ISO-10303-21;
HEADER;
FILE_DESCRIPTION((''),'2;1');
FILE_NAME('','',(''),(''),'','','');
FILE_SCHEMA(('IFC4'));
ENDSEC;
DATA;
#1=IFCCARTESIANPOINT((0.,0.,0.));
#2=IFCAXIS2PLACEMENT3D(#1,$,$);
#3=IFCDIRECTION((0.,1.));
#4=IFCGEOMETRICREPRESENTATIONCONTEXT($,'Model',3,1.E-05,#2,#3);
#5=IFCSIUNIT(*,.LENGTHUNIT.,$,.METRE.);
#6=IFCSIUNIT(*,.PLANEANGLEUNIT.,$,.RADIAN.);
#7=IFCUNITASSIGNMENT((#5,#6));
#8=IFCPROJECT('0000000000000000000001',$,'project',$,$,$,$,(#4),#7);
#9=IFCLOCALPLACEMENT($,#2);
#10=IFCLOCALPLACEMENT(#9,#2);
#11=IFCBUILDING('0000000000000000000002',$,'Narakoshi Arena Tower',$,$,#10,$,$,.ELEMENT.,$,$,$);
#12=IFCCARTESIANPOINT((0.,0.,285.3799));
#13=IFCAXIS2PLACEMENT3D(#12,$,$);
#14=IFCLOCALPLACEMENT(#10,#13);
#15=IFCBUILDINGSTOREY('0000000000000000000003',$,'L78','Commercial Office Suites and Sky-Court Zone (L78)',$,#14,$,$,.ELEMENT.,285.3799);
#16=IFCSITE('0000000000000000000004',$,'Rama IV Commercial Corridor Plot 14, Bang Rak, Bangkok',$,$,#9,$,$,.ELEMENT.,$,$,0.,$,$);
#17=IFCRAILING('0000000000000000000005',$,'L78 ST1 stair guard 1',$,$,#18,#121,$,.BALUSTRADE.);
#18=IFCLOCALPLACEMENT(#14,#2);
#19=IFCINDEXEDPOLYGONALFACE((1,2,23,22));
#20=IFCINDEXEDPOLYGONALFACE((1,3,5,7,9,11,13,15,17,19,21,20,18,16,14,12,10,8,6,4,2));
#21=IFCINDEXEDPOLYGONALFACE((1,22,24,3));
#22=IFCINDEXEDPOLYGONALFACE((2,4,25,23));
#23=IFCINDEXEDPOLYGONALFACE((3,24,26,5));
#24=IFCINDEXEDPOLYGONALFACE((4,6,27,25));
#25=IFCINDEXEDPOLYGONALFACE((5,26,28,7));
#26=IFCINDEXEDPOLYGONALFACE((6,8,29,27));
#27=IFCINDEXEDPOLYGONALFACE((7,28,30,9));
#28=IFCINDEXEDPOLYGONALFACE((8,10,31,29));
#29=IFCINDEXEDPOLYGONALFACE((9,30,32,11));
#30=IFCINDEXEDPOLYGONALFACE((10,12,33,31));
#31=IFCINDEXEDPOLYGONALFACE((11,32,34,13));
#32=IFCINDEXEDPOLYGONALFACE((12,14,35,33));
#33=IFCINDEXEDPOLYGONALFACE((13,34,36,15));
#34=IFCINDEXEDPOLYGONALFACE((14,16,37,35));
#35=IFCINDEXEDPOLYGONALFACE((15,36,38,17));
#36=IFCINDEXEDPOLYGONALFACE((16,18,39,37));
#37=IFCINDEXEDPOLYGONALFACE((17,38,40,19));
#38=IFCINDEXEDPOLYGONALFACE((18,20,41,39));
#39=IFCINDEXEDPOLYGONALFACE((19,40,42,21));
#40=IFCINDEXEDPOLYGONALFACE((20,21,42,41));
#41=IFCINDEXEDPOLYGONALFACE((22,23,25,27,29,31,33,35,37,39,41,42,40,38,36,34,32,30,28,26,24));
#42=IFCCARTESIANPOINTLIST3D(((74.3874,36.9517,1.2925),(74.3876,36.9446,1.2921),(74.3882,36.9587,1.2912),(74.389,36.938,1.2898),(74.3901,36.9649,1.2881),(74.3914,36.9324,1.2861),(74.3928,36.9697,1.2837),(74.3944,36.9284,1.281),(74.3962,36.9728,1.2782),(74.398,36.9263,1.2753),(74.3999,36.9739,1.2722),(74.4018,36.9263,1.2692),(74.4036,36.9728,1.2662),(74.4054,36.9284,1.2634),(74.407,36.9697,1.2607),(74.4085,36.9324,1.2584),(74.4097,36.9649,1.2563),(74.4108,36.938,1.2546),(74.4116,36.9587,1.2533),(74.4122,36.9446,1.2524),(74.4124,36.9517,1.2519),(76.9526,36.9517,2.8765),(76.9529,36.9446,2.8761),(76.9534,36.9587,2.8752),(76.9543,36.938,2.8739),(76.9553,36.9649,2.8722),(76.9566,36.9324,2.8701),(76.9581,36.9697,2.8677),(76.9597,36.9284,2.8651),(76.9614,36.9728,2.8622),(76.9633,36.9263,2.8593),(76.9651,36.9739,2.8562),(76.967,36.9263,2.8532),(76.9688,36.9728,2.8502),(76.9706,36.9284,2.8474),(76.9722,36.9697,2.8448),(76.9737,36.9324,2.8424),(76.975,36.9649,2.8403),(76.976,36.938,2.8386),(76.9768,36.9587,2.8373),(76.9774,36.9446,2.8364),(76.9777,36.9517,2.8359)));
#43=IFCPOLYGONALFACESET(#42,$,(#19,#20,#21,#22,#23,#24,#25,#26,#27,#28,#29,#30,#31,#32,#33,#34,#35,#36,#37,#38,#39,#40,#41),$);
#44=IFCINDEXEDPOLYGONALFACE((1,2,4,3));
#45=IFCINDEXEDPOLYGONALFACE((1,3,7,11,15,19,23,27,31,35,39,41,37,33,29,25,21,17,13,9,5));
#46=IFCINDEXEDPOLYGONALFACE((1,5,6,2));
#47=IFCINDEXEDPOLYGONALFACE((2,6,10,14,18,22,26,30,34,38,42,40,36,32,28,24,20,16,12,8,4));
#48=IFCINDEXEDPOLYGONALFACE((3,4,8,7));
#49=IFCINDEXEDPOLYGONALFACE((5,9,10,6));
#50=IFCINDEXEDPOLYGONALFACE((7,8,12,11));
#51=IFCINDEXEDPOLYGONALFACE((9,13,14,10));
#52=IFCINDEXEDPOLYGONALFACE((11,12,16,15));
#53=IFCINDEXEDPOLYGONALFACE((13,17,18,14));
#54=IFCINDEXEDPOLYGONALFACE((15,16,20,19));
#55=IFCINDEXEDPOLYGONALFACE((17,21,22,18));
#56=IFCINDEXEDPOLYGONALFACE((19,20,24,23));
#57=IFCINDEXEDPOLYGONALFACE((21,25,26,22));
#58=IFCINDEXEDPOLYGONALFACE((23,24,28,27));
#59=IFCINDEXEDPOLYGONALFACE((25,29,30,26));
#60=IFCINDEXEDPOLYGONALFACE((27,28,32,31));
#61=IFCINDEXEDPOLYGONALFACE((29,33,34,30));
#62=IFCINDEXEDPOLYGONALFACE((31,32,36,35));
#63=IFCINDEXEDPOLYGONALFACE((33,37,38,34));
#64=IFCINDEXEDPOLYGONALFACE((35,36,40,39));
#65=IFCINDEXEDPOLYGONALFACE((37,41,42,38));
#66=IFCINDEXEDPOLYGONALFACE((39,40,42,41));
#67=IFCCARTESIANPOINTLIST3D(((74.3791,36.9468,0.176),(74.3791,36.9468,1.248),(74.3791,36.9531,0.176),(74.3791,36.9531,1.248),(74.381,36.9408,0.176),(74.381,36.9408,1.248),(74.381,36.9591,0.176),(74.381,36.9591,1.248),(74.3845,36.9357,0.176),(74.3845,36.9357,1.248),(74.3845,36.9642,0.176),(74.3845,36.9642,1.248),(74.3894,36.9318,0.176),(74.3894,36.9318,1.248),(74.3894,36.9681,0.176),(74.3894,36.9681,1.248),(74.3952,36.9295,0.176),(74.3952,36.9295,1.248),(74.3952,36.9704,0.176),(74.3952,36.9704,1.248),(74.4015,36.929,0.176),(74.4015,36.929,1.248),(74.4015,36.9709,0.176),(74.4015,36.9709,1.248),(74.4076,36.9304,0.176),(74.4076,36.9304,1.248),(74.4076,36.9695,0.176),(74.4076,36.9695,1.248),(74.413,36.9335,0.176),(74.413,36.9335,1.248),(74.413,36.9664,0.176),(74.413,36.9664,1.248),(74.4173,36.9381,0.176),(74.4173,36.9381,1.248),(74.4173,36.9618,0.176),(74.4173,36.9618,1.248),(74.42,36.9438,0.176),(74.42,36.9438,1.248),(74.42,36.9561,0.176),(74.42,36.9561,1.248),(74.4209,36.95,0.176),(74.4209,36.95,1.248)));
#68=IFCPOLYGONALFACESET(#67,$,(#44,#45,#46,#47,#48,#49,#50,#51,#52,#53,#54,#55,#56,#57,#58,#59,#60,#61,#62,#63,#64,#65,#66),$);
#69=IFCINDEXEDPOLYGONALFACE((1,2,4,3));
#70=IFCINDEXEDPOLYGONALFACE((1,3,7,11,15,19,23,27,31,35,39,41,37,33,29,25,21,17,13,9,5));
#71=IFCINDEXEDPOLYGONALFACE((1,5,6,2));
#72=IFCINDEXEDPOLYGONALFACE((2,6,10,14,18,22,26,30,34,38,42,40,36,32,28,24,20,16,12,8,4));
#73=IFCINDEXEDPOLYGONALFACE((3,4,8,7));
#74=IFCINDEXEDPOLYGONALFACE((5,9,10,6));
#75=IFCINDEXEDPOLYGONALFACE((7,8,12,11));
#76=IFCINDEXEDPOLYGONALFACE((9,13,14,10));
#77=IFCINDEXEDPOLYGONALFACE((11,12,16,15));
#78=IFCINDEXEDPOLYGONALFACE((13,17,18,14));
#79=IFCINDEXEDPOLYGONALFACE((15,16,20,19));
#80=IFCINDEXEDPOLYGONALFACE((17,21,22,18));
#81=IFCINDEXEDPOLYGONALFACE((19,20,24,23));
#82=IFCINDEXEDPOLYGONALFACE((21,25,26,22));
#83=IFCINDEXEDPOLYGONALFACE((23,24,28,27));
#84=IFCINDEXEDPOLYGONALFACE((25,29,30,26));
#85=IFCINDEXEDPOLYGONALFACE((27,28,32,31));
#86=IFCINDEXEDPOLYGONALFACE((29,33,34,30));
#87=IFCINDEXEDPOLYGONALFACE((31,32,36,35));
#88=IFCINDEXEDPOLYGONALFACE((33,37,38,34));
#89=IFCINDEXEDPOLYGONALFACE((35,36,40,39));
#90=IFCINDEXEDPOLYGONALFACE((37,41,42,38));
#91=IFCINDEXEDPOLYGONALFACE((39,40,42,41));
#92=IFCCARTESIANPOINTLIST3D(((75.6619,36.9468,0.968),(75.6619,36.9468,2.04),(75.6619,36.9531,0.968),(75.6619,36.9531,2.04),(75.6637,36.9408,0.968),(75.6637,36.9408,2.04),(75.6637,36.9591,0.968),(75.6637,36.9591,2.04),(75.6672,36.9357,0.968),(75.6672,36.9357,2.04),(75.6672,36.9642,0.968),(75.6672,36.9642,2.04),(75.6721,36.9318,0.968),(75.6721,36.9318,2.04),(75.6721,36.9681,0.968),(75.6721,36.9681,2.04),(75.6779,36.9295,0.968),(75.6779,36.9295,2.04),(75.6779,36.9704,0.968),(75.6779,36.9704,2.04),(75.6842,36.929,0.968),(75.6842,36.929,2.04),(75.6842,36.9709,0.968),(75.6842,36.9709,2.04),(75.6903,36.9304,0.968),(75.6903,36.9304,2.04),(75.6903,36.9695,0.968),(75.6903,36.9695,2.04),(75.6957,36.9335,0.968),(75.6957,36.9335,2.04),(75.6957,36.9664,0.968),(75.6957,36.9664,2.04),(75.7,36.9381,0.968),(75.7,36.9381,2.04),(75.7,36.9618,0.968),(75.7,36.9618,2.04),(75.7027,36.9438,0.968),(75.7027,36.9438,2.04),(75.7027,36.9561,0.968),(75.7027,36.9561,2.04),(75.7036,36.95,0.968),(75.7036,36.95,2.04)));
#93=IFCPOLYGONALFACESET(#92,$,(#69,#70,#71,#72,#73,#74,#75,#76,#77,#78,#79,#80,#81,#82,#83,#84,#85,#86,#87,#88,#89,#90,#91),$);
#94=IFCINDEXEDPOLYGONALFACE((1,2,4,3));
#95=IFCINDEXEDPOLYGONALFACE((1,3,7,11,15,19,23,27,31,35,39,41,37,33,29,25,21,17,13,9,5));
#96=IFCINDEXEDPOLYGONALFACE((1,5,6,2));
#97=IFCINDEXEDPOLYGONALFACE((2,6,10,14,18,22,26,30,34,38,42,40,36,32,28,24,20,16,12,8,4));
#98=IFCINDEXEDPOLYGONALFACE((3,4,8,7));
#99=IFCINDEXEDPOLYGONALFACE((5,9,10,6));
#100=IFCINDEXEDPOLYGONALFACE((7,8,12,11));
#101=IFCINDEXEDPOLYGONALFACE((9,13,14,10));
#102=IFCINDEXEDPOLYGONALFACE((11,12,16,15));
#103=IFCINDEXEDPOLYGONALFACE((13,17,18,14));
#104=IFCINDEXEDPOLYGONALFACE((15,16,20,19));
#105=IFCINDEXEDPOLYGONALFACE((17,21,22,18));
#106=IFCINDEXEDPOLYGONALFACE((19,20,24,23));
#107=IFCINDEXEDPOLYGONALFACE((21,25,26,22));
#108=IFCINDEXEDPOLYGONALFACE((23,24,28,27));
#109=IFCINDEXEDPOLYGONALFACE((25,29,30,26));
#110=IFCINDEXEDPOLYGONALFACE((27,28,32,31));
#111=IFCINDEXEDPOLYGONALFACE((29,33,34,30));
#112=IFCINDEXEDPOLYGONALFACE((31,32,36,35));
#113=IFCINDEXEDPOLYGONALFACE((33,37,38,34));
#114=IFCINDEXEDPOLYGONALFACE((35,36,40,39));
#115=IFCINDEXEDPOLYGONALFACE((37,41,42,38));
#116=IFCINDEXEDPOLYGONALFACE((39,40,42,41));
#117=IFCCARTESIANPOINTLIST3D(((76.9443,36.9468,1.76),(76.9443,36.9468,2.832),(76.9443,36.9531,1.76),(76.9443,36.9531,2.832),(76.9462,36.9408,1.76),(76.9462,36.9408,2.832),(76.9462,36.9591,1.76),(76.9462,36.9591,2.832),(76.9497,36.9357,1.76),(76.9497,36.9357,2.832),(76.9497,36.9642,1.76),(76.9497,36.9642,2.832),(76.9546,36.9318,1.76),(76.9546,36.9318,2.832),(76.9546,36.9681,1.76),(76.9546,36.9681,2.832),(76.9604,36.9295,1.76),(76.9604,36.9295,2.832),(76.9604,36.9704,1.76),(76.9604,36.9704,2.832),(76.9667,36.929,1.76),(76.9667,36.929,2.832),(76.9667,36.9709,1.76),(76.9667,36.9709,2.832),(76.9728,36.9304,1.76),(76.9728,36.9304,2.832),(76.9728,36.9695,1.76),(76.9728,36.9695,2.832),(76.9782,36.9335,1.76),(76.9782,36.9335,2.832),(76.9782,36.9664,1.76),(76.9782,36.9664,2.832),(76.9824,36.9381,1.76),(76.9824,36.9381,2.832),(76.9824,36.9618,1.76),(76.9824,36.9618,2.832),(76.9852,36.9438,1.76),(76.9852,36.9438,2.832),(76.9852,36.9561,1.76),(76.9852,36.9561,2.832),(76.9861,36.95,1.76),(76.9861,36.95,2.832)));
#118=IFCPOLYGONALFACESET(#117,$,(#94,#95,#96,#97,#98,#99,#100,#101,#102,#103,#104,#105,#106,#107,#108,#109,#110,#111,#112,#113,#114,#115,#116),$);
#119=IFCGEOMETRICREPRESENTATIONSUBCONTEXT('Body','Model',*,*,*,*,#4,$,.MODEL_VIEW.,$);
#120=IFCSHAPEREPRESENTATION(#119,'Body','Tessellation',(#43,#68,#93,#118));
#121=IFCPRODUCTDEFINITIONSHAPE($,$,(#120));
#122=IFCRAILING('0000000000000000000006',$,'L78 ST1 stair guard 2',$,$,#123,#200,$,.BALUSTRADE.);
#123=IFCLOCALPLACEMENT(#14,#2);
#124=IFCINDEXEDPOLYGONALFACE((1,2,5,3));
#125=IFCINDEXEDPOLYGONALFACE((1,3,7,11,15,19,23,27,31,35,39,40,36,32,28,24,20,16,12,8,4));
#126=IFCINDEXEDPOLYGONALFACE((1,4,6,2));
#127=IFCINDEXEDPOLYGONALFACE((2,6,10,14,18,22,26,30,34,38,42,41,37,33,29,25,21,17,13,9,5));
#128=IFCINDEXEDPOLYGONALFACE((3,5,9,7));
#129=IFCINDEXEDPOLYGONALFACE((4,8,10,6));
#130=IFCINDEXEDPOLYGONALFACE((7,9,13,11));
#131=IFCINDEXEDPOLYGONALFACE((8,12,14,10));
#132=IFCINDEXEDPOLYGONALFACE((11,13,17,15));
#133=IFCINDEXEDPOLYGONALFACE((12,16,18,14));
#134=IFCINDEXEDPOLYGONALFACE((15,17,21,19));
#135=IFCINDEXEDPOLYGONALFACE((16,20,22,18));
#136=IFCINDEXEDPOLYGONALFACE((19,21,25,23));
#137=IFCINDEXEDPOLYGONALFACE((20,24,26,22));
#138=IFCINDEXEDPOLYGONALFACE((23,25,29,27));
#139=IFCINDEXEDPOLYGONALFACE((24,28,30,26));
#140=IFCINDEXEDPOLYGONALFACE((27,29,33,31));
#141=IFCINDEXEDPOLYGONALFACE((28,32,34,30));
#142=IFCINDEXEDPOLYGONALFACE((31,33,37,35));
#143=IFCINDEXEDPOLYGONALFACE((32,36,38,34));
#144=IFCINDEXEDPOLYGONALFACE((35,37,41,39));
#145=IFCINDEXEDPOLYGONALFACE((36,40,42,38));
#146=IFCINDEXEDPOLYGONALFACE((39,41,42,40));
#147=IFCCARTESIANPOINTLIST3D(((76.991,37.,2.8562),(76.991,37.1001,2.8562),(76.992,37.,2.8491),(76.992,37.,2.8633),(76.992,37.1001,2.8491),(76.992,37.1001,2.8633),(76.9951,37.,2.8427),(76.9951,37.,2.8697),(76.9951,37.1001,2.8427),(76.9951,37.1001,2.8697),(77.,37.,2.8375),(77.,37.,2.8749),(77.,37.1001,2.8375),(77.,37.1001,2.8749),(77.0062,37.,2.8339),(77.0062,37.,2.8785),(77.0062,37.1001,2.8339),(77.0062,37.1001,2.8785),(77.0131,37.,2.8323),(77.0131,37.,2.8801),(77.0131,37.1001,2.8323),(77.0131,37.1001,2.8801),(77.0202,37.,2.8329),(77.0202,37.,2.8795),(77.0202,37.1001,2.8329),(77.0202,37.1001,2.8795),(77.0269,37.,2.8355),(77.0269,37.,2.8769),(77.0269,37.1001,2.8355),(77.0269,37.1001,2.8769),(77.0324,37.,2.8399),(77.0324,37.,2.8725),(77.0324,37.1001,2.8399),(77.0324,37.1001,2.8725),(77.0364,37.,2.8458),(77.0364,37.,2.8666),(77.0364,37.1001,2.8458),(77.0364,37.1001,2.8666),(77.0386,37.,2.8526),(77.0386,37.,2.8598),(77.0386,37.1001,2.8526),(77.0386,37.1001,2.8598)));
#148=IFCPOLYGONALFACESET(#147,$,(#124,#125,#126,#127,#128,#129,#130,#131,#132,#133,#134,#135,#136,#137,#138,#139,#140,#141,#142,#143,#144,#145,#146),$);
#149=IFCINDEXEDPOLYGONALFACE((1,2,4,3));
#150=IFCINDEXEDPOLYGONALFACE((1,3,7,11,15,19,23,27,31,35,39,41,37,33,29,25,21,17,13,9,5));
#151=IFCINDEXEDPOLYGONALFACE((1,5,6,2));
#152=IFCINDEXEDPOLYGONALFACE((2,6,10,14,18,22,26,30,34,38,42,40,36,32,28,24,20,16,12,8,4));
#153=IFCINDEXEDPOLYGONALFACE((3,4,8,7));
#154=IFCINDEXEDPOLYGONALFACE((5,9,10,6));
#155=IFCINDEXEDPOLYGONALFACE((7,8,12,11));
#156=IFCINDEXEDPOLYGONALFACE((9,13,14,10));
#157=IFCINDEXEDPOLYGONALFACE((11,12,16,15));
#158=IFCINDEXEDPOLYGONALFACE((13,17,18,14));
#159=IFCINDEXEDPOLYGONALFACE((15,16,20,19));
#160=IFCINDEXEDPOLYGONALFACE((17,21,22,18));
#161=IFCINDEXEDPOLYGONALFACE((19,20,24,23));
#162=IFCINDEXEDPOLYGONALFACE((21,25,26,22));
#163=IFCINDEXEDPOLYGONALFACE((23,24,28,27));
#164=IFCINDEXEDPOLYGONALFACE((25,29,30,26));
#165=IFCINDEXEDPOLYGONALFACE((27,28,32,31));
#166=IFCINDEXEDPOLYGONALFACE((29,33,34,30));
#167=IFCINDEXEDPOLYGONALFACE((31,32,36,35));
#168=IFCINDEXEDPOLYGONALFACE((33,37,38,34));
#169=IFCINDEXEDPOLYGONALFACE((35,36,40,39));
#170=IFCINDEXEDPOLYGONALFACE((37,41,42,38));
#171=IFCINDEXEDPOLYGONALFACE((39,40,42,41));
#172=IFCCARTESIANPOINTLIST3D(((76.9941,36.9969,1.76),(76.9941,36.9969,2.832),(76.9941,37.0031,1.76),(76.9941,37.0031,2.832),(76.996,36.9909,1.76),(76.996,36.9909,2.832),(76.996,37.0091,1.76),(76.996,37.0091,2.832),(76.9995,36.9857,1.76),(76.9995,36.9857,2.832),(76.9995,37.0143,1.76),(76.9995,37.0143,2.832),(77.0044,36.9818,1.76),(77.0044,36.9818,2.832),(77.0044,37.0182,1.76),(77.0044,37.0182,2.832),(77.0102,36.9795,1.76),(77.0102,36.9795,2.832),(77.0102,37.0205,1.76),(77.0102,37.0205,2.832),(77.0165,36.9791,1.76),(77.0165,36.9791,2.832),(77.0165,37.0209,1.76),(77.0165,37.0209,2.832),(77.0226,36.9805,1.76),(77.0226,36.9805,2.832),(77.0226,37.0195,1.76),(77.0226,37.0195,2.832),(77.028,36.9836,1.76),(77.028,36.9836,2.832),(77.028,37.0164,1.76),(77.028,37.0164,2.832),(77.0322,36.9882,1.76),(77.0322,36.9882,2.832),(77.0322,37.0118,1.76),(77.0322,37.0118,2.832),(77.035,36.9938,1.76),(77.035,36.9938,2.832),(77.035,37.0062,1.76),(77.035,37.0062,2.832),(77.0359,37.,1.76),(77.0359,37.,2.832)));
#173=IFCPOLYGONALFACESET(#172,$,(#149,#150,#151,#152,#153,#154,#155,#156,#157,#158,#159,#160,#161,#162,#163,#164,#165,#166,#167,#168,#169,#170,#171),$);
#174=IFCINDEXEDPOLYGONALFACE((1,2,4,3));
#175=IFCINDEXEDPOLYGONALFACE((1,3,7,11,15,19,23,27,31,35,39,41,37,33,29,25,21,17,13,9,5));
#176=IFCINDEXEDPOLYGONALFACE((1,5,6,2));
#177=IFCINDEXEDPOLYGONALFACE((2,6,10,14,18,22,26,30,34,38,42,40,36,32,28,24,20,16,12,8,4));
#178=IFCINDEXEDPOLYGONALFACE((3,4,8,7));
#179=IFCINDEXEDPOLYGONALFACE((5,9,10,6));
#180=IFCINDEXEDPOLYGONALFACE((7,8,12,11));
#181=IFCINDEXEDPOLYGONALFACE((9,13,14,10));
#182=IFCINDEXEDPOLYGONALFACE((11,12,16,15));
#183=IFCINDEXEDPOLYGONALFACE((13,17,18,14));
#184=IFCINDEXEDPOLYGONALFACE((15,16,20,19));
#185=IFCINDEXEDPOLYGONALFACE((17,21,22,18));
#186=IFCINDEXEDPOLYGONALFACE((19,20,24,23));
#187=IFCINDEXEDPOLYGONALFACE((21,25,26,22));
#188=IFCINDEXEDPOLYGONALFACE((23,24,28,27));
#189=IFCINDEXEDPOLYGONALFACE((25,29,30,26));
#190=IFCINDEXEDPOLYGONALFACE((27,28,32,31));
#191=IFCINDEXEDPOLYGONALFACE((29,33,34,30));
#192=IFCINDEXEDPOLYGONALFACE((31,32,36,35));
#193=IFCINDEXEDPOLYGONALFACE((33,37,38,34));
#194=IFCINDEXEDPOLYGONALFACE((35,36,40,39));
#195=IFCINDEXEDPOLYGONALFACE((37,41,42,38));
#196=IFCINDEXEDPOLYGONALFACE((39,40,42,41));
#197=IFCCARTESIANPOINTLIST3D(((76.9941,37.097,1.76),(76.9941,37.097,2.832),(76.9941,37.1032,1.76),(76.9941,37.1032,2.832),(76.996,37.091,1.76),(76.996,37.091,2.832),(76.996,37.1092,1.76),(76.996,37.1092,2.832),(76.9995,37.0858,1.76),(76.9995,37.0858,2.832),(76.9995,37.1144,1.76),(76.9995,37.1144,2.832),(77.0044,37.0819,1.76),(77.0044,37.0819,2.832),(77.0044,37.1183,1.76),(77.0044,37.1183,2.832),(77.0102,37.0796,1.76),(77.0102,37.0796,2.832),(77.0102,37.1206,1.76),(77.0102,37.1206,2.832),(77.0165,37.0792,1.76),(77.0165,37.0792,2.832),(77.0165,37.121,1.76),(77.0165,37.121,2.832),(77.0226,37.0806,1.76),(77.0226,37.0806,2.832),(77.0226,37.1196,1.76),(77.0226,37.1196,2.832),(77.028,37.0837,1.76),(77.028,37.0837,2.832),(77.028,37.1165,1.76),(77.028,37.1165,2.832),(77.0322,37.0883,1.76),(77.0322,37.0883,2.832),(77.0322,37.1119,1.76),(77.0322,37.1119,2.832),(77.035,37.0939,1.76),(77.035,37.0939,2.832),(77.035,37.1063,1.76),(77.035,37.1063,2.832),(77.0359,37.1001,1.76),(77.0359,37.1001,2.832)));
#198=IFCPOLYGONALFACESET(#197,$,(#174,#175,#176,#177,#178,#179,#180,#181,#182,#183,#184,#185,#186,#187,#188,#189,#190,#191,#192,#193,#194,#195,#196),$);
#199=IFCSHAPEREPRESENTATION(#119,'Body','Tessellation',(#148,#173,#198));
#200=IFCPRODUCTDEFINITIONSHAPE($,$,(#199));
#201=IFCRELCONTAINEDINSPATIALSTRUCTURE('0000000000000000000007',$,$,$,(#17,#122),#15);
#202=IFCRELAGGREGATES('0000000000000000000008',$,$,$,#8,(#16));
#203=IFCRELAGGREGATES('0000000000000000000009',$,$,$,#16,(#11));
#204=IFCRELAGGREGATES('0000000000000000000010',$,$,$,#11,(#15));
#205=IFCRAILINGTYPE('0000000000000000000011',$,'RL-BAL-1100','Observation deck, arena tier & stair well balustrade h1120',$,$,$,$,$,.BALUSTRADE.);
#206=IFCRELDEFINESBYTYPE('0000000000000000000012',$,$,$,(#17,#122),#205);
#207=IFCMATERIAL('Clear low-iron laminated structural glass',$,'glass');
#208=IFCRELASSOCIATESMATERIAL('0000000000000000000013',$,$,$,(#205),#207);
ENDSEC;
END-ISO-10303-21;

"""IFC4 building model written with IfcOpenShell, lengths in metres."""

from ifc_helpers import new_model, si_unit, direction, frame, origin, origin_2d, place, context, subcontext, project, spatial, circle, extrude, material, type_object, element, save


model = new_model("IFC4")

# Units and contexts
model_context = context("Model", 3, precision=1e-05, world=origin(), true_north=direction((0.0, 1.0)))
body_context = subcontext(model_context, "Body", "Model", "MODEL_VIEW")
ifc_project = project(units=[si_unit("LENGTHUNIT", "METRE"), si_unit("PLANEANGLEUNIT", "RADIAN")], contexts=[model_context])

# Site, building, storey
site_placement = place(None, origin())
site = spatial("IfcSite", under=ifc_project, at=site_placement, Name="Rama IV Commercial Corridor Plot 14, Bang Rak, Bangkok", CompositionType="ELEMENT", RefElevation=0.0)
building_placement = place(site_placement, origin())
building = spatial("IfcBuilding", under=site, at=building_placement, Name="Narakoshi Arena Tower", CompositionType="ELEMENT")
storey_placement = place(building_placement, frame((0.0, 0.0, 285.3799)))
storey = spatial("IfcBuildingStorey", under=building, at=storey_placement, Name="L78", Description="Commercial Office Suites and Sky-Court Zone (L78)", CompositionType="ELEMENT", Elevation=285.3799)

# Railings
ifc_material_1 = material(Name="Clear low-iron laminated structural glass", Category="glass")
railing_type_1 = type_object("IfcRailingType", Name="RL-BAL-1100", Description="Observation deck, arena tier & stair well balustrade h1120", PredefinedType="BALUSTRADE", material=ifc_material_1)
railing_1_placement = place(storey_placement, frame((74.3999, 36.95, 0.176)))
element("IfcRailing", 1, at=railing_1_placement, inside=storey, type_object=railing_type_1, Name="L78 ST1 stair guard 1", PredefinedType="BALUSTRADE", context=body_context, shape_type="SweptSolid", body=[
    extrude(circle(Radius=0.0239, at=origin_2d()), frame((0.0, 0.0, 1.0962), z_axis=(0.850857, 0.0, 0.525398), x_axis=(0.0, 1.0, 0.0)), (0.0, 0.0, 1.0), 3.0149),
    extrude(circle(Radius=0.021, at=origin_2d()), origin(), (0.0, 0.0, 1.0), 1.072),
    extrude(circle(Radius=0.021, at=origin_2d()), frame((1.2827, 0.0, 0.792)), (0.0, 0.0, 1.0), 1.072),
    extrude(circle(Radius=0.021, at=origin_2d()), frame((2.5652, 0.0, 1.584)), (0.0, 0.0, 1.0), 1.072),
])
railing_2_placement = place(storey_placement, frame((77.0149, 37.0, 1.76)))
element("IfcRailing", 2, at=railing_2_placement, inside=storey, type_object=railing_type_1, Name="L78 ST1 stair guard 2", PredefinedType="BALUSTRADE", context=body_context, shape_type="SweptSolid", body=[
    extrude(circle(Radius=0.0239, at=origin_2d()), frame((0.0, 0.0, 1.0962), z_axis=(0.0, 1.0, 0.0), x_axis=(-1.0, 0.0, 0.0)), (0.0, 0.0, 1.0), 0.1001),
    extrude(circle(Radius=0.021, at=origin_2d()), origin(), (0.0, 0.0, 1.0), 1.072),
    extrude(circle(Radius=0.021, at=origin_2d()), frame((0.0, 0.1001, 0.0)), (0.0, 0.0, 1.0), 1.072),
])

save(model, "model.ifc")
